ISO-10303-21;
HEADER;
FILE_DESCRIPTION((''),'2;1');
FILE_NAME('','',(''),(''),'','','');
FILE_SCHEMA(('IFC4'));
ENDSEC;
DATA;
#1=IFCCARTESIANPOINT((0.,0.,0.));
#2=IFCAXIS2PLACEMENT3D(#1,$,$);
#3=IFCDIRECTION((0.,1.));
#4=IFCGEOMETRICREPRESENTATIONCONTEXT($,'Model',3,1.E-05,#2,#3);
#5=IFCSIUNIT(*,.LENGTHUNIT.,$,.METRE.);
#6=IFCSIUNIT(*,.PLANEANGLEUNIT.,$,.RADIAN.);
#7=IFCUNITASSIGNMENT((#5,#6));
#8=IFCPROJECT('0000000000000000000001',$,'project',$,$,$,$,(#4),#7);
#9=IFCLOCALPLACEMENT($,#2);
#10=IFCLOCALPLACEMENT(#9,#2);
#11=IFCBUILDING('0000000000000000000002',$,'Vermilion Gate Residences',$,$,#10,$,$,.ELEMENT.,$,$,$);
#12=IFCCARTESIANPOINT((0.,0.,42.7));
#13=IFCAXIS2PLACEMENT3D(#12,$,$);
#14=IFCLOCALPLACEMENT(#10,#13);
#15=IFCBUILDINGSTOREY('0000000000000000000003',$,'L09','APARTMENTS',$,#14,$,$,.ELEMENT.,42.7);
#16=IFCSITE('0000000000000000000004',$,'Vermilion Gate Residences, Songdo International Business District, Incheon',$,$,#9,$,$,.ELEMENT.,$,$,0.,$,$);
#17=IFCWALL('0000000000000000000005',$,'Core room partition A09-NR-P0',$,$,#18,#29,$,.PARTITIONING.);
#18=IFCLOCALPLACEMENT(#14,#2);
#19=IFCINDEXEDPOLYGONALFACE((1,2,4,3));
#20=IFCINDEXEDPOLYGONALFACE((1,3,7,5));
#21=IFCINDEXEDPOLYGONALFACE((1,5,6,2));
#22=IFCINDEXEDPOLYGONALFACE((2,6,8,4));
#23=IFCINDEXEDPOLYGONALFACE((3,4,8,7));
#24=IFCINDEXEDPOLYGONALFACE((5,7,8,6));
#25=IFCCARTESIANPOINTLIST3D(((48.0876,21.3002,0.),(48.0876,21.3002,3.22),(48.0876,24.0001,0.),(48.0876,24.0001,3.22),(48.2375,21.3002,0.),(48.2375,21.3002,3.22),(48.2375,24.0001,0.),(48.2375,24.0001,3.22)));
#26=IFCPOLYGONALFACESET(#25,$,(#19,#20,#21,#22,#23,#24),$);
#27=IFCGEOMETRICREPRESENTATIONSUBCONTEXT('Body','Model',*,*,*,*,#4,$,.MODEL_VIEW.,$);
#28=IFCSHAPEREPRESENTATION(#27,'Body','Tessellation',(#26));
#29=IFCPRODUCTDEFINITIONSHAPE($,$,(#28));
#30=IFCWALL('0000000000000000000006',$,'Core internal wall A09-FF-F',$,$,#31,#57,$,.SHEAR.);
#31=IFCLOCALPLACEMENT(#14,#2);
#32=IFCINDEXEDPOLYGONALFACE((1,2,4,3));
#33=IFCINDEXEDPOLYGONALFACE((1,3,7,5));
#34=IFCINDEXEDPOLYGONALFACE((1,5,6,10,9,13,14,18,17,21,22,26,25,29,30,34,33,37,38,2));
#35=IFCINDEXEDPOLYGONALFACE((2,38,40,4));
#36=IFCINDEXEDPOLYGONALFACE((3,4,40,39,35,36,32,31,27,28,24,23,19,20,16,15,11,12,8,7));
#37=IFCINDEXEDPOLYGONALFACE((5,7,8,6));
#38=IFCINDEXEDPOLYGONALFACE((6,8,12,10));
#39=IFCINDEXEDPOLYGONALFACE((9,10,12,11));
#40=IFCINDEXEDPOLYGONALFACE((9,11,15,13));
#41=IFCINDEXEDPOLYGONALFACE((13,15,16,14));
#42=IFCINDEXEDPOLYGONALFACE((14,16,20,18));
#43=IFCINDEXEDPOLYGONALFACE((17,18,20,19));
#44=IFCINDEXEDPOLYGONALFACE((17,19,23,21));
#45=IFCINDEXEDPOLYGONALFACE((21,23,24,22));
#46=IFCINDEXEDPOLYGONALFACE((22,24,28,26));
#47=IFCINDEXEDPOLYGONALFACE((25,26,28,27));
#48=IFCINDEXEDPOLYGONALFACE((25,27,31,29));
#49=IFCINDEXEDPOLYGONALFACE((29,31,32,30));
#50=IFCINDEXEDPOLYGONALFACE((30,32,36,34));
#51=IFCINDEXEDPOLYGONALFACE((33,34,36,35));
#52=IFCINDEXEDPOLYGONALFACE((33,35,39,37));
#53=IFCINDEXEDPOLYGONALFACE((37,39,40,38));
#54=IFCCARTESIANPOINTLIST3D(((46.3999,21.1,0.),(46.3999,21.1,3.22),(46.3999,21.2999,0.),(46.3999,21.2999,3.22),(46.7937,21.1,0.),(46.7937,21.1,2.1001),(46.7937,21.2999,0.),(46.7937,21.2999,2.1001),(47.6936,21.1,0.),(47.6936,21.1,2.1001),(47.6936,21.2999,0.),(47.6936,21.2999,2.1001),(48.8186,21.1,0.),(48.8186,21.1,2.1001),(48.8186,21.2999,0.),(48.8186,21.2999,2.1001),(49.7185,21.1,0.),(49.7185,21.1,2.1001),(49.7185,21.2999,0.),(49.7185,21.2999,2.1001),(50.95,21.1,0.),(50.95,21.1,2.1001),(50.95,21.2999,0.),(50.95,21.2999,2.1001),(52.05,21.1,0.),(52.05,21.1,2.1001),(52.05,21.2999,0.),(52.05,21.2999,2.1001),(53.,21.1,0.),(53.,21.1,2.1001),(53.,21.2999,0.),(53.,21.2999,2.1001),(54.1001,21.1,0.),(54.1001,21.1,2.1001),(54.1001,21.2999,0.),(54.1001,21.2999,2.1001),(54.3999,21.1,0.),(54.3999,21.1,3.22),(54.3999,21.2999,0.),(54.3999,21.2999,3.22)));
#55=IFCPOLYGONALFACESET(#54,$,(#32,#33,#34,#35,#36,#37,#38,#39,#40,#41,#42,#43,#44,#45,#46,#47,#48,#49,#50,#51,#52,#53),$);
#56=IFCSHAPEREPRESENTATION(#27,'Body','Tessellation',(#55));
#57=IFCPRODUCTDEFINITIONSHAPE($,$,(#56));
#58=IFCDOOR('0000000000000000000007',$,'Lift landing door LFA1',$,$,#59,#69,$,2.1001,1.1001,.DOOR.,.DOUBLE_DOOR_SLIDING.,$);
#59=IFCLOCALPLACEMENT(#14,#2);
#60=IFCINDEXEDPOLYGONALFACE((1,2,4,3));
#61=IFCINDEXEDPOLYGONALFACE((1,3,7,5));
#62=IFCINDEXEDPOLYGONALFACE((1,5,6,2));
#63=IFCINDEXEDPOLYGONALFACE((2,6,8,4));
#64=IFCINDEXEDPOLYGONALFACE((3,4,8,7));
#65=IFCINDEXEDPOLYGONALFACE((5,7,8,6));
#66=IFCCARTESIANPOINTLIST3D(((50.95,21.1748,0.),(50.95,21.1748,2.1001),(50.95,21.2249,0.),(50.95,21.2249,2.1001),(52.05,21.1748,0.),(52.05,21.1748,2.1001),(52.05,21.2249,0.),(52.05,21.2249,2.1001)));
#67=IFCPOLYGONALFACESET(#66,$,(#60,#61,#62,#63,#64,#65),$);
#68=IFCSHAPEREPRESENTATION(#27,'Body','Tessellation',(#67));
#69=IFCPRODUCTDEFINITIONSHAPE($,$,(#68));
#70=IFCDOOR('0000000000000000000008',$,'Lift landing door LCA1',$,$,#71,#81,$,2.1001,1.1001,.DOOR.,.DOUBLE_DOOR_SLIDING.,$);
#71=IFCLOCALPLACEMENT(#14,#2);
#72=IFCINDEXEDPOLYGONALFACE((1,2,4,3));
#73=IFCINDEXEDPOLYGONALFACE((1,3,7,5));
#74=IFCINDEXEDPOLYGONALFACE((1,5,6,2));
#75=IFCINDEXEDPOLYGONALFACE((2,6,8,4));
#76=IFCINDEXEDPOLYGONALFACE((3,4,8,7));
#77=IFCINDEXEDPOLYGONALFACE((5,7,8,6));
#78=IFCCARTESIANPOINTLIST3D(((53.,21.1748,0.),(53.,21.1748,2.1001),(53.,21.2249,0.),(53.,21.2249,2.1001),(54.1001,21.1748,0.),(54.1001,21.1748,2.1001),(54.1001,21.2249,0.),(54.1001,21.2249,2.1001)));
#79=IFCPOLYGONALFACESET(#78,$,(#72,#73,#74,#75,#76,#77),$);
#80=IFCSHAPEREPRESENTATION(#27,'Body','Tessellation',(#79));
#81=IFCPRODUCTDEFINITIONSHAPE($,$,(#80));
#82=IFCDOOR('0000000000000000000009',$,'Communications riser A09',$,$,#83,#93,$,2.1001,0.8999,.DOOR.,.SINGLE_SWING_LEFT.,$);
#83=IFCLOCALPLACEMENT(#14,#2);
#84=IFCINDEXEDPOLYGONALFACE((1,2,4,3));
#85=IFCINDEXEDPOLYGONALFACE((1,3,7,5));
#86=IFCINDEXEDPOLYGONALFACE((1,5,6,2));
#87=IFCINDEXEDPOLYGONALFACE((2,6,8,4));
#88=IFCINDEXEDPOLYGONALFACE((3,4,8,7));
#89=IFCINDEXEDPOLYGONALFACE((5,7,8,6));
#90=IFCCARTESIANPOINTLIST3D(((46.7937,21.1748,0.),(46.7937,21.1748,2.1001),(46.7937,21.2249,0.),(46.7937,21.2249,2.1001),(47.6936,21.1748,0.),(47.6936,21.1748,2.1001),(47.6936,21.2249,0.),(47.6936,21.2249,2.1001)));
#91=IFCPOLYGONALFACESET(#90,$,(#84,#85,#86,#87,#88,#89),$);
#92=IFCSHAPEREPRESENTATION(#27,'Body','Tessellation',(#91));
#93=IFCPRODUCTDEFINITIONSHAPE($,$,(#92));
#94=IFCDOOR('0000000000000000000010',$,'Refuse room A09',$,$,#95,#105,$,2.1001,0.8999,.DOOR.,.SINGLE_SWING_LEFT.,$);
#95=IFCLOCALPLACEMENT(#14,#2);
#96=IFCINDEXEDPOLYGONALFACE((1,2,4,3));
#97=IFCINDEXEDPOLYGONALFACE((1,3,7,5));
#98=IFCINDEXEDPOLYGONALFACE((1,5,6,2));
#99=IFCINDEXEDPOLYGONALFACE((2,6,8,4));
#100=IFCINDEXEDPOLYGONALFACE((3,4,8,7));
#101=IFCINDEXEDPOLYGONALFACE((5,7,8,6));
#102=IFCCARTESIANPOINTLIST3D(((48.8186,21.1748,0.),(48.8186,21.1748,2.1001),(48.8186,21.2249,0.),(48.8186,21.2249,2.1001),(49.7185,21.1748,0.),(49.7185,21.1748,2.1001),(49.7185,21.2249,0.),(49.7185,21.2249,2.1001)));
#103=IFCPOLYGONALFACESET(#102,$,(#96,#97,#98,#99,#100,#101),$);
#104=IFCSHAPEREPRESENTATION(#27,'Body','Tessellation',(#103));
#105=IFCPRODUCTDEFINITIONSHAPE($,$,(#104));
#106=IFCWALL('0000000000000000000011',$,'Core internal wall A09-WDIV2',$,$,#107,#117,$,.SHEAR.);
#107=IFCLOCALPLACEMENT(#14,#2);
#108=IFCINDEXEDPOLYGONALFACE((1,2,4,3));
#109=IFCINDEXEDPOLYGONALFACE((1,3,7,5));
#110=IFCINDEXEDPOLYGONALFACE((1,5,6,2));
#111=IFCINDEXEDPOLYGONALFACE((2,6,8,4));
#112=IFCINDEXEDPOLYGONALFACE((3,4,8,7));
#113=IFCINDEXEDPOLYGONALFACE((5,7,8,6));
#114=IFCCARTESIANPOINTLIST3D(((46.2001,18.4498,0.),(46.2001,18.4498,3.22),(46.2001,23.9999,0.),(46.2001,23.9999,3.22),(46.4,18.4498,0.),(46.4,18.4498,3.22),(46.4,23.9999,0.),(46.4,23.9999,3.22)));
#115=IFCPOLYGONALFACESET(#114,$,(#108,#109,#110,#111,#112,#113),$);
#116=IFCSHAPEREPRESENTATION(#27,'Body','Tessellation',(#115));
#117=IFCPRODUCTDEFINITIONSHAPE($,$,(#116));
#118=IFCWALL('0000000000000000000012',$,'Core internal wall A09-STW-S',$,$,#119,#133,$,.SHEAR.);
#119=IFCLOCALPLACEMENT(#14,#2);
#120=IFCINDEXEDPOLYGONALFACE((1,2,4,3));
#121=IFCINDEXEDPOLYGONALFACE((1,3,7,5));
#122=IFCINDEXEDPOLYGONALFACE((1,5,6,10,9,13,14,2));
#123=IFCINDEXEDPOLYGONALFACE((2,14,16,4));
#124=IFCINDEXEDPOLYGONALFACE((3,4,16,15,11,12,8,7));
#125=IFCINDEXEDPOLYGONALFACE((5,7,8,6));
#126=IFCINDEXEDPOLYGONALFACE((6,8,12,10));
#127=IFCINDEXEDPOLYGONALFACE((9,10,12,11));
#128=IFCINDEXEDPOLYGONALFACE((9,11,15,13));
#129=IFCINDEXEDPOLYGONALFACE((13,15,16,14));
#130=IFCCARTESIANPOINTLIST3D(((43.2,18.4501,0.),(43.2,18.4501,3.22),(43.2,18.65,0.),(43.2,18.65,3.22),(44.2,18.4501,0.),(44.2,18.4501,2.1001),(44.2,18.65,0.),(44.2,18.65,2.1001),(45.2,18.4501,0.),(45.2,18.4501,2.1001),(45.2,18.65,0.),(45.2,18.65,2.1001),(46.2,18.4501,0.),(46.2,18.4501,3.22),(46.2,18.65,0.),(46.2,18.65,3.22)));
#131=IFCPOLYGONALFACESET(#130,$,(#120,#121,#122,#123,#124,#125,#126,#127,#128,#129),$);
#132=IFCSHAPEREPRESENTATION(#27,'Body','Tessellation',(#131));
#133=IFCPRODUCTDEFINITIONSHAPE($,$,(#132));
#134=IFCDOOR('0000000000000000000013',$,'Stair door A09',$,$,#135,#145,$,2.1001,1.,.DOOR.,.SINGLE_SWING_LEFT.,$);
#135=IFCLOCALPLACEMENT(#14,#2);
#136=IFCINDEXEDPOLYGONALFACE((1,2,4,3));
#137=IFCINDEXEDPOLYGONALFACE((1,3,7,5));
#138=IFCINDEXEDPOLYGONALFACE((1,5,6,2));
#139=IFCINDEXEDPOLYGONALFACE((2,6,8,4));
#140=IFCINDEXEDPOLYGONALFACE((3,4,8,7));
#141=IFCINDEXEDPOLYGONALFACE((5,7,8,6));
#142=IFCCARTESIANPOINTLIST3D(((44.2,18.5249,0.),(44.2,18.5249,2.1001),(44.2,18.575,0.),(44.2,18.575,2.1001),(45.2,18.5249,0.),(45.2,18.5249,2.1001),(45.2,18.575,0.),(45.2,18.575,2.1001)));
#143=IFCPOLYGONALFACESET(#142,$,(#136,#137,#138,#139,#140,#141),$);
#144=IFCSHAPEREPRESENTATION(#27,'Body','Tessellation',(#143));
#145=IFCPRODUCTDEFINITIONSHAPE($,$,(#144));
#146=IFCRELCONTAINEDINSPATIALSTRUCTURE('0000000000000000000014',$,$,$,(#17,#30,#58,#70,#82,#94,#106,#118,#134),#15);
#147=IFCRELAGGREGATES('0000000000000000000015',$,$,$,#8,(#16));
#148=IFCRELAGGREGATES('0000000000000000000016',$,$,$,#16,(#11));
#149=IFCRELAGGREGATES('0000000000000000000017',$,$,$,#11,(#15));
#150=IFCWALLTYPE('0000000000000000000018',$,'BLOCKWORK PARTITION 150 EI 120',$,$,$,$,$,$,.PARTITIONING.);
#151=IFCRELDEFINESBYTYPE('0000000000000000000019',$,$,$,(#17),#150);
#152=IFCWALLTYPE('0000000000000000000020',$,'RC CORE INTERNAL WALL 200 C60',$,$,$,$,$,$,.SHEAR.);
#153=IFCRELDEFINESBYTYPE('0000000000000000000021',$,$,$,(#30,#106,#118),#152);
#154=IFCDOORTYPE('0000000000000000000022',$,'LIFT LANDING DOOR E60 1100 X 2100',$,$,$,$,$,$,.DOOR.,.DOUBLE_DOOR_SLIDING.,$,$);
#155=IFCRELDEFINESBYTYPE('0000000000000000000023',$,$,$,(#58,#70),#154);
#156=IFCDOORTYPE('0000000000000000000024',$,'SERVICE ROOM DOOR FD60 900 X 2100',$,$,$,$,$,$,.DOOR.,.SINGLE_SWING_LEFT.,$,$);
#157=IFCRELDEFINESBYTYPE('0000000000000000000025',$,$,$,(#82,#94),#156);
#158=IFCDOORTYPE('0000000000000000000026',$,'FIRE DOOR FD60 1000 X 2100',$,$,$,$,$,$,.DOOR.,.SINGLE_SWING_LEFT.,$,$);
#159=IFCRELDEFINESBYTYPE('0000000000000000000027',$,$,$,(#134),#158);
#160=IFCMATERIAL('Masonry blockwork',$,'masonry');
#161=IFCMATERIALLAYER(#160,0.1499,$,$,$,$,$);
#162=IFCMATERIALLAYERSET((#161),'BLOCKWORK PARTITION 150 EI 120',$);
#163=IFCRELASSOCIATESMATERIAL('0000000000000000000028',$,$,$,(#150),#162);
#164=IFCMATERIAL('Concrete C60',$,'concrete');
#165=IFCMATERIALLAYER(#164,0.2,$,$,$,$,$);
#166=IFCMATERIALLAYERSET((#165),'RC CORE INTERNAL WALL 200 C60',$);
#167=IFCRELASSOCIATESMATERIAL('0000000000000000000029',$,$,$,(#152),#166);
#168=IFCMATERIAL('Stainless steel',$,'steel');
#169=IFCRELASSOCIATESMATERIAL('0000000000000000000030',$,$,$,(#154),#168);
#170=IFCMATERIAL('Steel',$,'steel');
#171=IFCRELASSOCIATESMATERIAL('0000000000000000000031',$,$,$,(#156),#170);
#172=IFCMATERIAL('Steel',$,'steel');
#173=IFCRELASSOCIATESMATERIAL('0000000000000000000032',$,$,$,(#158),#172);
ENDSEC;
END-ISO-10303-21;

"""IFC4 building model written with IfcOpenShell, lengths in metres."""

from ifc_helpers import new_model, si_unit, direction, frame, frame_2d, origin, place, context, subcontext, project, spatial, rectangle, extrude, material, layer, layer_set, type_object, element, fill, save


model = new_model("IFC4")

# Units and contexts
model_context = context("Model", 3, precision=1e-05, world=origin(), true_north=direction((0.0, 1.0)))
body_context = subcontext(model_context, "Body", "Model", "MODEL_VIEW")
ifc_project = project(units=[si_unit("LENGTHUNIT", "METRE"), si_unit("PLANEANGLEUNIT", "RADIAN")], contexts=[model_context])

# Site, building, storey
site_placement = place(None, origin())
site = spatial("IfcSite", under=ifc_project, at=site_placement, Name="Vermilion Gate Residences, Songdo International Business District, Incheon", CompositionType="ELEMENT", RefElevation=0.0)
building_placement = place(site_placement, origin())
building = spatial("IfcBuilding", under=site, at=building_placement, Name="Vermilion Gate Residences", CompositionType="ELEMENT")
storey_placement = place(building_placement, frame((0.0, 0.0, 42.7)))
storey = spatial("IfcBuildingStorey", under=building, at=storey_placement, Name="L09", Description="APARTMENTS", CompositionType="ELEMENT", Elevation=42.7)

# Wall
ifc_material_1 = material(Name="Masonry blockwork", Category="masonry")
ifc_layer_1 = layer(ifc_material_1, 0.1499)
ifc_layer_set_1 = layer_set([ifc_layer_1], Name="BLOCKWORK PARTITION 150 EI 120")
wall_type_1 = type_object("IfcWallType", Name="BLOCKWORK PARTITION 150 EI 120", PredefinedType="PARTITIONING", material=ifc_layer_set_1)
wall_1_placement = place(storey_placement, frame((48.1626, 21.3, 0.0), z_axis=(0.0, 0.0, 1.0), x_axis=(0.0, 1.0, 0.0)))
element("IfcWall", 1, at=wall_1_placement, inside=storey, type_object=wall_type_1, Name="Core room partition A09-NR-P0", PredefinedType="PARTITIONING", context=body_context, shape_type="SweptSolid", body=[
    extrude(rectangle(XDim=2.7, YDim=0.1499, at=frame_2d((1.3501, 0.0))), origin(), (0.0, 0.0, 1.0), 3.22),
])

# Wall, openings, doors
ifc_material_2 = material(Name="Concrete C60", Category="concrete")
ifc_layer_2 = layer(ifc_material_2, 0.2)
ifc_layer_set_2 = layer_set([ifc_layer_2], Name="RC CORE INTERNAL WALL 200 C60")
wall_type_2 = type_object("IfcWallType", Name="RC CORE INTERNAL WALL 200 C60", PredefinedType="SHEAR", material=ifc_layer_set_2)
wall_2_placement = place(storey_placement, frame((46.3999, 21.2, 0.0), z_axis=(0.0, 0.0, 1.0), x_axis=(1.0, 0.0, 0.0)))
wall_2 = element("IfcWall", 2, at=wall_2_placement, inside=storey, type_object=wall_type_2, Name="Core internal wall A09-FF-F", PredefinedType="SHEAR", context=body_context, shape_type="SweptSolid", body=[
    extrude(rectangle(XDim=8.0, YDim=0.2, at=frame_2d((4.0, 0.0))), origin(), (0.0, 0.0, 1.0), 3.22),
])
opening_1_placement = place(wall_2_placement, frame((0.3938, 0.0, 0.0)))
opening_1 = element("IfcOpeningElement", 3, at=opening_1_placement, cuts=wall_2, PredefinedType="OPENING", context=body_context, shape_type="SweptSolid", body=[
    extrude(rectangle(XDim=0.8999, YDim=2.1001, at=frame_2d((0.45, 1.05))), frame((0.0, 0.1099, 0.0), z_axis=(0.0, -1.0, 0.0), x_axis=(1.0, 0.0, 0.0)), (0.0, 0.0, 1.0), 0.22),
])
opening_2_placement = place(wall_2_placement, frame((2.4187, 0.0, 0.0)))
opening_2 = element("IfcOpeningElement", 4, at=opening_2_placement, cuts=wall_2, PredefinedType="OPENING", context=body_context, shape_type="SweptSolid", body=[
    extrude(rectangle(XDim=0.8999, YDim=2.1001, at=frame_2d((0.45, 1.05))), frame((0.0, 0.1099, 0.0), z_axis=(0.0, -1.0, 0.0), x_axis=(1.0, 0.0, 0.0)), (0.0, 0.0, 1.0), 0.22),
])
opening_3_placement = place(wall_2_placement, frame((4.55, 0.0, 0.0)))
opening_3 = element("IfcOpeningElement", 5, at=opening_3_placement, cuts=wall_2, PredefinedType="OPENING", context=body_context, shape_type="SweptSolid", body=[
    extrude(rectangle(XDim=1.1001, YDim=2.1001, at=frame_2d((0.55, 1.05))), frame((0.0, 0.1099, 0.0), z_axis=(0.0, -1.0, 0.0), x_axis=(1.0, 0.0, 0.0)), (0.0, 0.0, 1.0), 0.22),
])
opening_4_placement = place(wall_2_placement, frame((6.6001, 0.0, 0.0)))
opening_4 = element("IfcOpeningElement", 6, at=opening_4_placement, cuts=wall_2, PredefinedType="OPENING", context=body_context, shape_type="SweptSolid", body=[
    extrude(rectangle(XDim=1.1001, YDim=2.1001, at=frame_2d((0.55, 1.05))), frame((0.0, 0.1099, 0.0), z_axis=(0.0, -1.0, 0.0), x_axis=(1.0, 0.0, 0.0)), (0.0, 0.0, 1.0), 0.22),
])
ifc_material_3 = material(Name="Stainless steel", Category="steel")
door_type_1 = type_object("IfcDoorType", Name="LIFT LANDING DOOR E60 1100 X 2100", OperationType="DOUBLE_DOOR_SLIDING", PredefinedType="DOOR", material=ifc_material_3)
door_1_placement = place(opening_3_placement, origin())
door_1 = element("IfcDoor", 7, at=door_1_placement, inside=storey, type_object=door_type_1, Name="Lift landing door LFA1", OperationType="DOUBLE_DOOR_SLIDING", OverallHeight=2.1001, OverallWidth=1.1001, PredefinedType="DOOR", context=body_context, shape_type="SweptSolid", body=[
    extrude(rectangle(XDim=1.1001, YDim=2.1001, at=frame_2d((0.55, 1.05))), frame((0.0, 0.0249, 0.0), z_axis=(0.0, -1.0, 0.0), x_axis=(1.0, 0.0, 0.0)), (0.0, 0.0, 1.0), 0.05),
])
fill(opening_3, door_1)
door_2_placement = place(opening_4_placement, origin())
door_2 = element("IfcDoor", 8, at=door_2_placement, inside=storey, type_object=door_type_1, Name="Lift landing door LCA1", OperationType="DOUBLE_DOOR_SLIDING", OverallHeight=2.1001, OverallWidth=1.1001, PredefinedType="DOOR", context=body_context, shape_type="SweptSolid", body=[
    extrude(rectangle(XDim=1.1001, YDim=2.1001, at=frame_2d((0.55, 1.05))), frame((0.0, 0.0249, 0.0), z_axis=(0.0, -1.0, 0.0), x_axis=(1.0, 0.0, 0.0)), (0.0, 0.0, 1.0), 0.05),
])
fill(opening_4, door_2)
ifc_material_4 = material(Name="Steel", Category="steel")
door_type_2 = type_object("IfcDoorType", Name="SERVICE ROOM DOOR FD60 900 X 2100", OperationType="SINGLE_SWING_LEFT", PredefinedType="DOOR", material=ifc_material_4)
door_3_placement = place(opening_1_placement, origin())
door_3 = element("IfcDoor", 9, at=door_3_placement, inside=storey, type_object=door_type_2, Name="Communications riser A09", OperationType="SINGLE_SWING_LEFT", OverallHeight=2.1001, OverallWidth=0.8999, PredefinedType="DOOR", context=body_context, shape_type="SweptSolid", body=[
    extrude(rectangle(XDim=0.8999, YDim=2.1001, at=frame_2d((0.45, 1.05))), frame((0.0, 0.0249, 0.0), z_axis=(0.0, -1.0, 0.0), x_axis=(1.0, 0.0, 0.0)), (0.0, 0.0, 1.0), 0.05),
])
fill(opening_1, door_3)
door_4_placement = place(opening_2_placement, origin())
door_4 = element("IfcDoor", 10, at=door_4_placement, inside=storey, type_object=door_type_2, Name="Refuse room A09", OperationType="SINGLE_SWING_LEFT", OverallHeight=2.1001, OverallWidth=0.8999, PredefinedType="DOOR", context=body_context, shape_type="SweptSolid", body=[
    extrude(rectangle(XDim=0.8999, YDim=2.1001, at=frame_2d((0.45, 1.05))), frame((0.0, 0.0249, 0.0), z_axis=(0.0, -1.0, 0.0), x_axis=(1.0, 0.0, 0.0)), (0.0, 0.0, 1.0), 0.05),
])
fill(opening_2, door_4)

# Wall
wall_3_placement = place(storey_placement, frame((46.3, 18.45, 0.0), z_axis=(0.0, 0.0, 1.0), x_axis=(0.0, 1.0, 0.0)))
element("IfcWall", 11, at=wall_3_placement, inside=storey, type_object=wall_type_2, Name="Core internal wall A09-WDIV2", PredefinedType="SHEAR", context=body_context, shape_type="SweptSolid", body=[
    extrude(rectangle(XDim=5.55, YDim=0.2, at=frame_2d((2.7749, 0.0))), origin(), (0.0, 0.0, 1.0), 3.22),
])

# Wall, opening, door
wall_4_placement = place(storey_placement, frame((43.2, 18.55, 0.0), z_axis=(0.0, 0.0, 1.0), x_axis=(1.0, 0.0, 0.0)))
wall_4 = element("IfcWall", 12, at=wall_4_placement, inside=storey, type_object=wall_type_2, Name="Core internal wall A09-STW-S", PredefinedType="SHEAR", context=body_context, shape_type="SweptSolid", body=[
    extrude(rectangle(XDim=3.0, YDim=0.2, at=frame_2d((1.5, 0.0))), origin(), (0.0, 0.0, 1.0), 3.22),
])
opening_5_placement = place(wall_4_placement, frame((1.0, 0.0, 0.0)))
opening_5 = element("IfcOpeningElement", 13, at=opening_5_placement, cuts=wall_4, PredefinedType="OPENING", context=body_context, shape_type="SweptSolid", body=[
    extrude(rectangle(XDim=1.0, YDim=2.1001, at=frame_2d((0.5, 1.05))), frame((0.0, 0.1099, 0.0), z_axis=(0.0, -1.0, 0.0), x_axis=(1.0, 0.0, 0.0)), (0.0, 0.0, 1.0), 0.22),
])
ifc_material_5 = material(Name="Steel", Category="steel")
door_type_3 = type_object("IfcDoorType", Name="FIRE DOOR FD60 1000 X 2100", OperationType="SINGLE_SWING_LEFT", PredefinedType="DOOR", material=ifc_material_5)
door_5_placement = place(opening_5_placement, origin())
door_5 = element("IfcDoor", 14, at=door_5_placement, inside=storey, type_object=door_type_3, Name="Stair door A09", OperationType="SINGLE_SWING_LEFT", OverallHeight=2.1001, OverallWidth=1.0, PredefinedType="DOOR", context=body_context, shape_type="SweptSolid", body=[
    extrude(rectangle(XDim=1.0, YDim=2.1001, at=frame_2d((0.5, 1.05))), frame((0.0, 0.0249, 0.0), z_axis=(0.0, -1.0, 0.0), x_axis=(1.0, 0.0, 0.0)), (0.0, 0.0, 1.0), 0.05),
])
fill(opening_5, door_5)

save(model, "model.ifc")
